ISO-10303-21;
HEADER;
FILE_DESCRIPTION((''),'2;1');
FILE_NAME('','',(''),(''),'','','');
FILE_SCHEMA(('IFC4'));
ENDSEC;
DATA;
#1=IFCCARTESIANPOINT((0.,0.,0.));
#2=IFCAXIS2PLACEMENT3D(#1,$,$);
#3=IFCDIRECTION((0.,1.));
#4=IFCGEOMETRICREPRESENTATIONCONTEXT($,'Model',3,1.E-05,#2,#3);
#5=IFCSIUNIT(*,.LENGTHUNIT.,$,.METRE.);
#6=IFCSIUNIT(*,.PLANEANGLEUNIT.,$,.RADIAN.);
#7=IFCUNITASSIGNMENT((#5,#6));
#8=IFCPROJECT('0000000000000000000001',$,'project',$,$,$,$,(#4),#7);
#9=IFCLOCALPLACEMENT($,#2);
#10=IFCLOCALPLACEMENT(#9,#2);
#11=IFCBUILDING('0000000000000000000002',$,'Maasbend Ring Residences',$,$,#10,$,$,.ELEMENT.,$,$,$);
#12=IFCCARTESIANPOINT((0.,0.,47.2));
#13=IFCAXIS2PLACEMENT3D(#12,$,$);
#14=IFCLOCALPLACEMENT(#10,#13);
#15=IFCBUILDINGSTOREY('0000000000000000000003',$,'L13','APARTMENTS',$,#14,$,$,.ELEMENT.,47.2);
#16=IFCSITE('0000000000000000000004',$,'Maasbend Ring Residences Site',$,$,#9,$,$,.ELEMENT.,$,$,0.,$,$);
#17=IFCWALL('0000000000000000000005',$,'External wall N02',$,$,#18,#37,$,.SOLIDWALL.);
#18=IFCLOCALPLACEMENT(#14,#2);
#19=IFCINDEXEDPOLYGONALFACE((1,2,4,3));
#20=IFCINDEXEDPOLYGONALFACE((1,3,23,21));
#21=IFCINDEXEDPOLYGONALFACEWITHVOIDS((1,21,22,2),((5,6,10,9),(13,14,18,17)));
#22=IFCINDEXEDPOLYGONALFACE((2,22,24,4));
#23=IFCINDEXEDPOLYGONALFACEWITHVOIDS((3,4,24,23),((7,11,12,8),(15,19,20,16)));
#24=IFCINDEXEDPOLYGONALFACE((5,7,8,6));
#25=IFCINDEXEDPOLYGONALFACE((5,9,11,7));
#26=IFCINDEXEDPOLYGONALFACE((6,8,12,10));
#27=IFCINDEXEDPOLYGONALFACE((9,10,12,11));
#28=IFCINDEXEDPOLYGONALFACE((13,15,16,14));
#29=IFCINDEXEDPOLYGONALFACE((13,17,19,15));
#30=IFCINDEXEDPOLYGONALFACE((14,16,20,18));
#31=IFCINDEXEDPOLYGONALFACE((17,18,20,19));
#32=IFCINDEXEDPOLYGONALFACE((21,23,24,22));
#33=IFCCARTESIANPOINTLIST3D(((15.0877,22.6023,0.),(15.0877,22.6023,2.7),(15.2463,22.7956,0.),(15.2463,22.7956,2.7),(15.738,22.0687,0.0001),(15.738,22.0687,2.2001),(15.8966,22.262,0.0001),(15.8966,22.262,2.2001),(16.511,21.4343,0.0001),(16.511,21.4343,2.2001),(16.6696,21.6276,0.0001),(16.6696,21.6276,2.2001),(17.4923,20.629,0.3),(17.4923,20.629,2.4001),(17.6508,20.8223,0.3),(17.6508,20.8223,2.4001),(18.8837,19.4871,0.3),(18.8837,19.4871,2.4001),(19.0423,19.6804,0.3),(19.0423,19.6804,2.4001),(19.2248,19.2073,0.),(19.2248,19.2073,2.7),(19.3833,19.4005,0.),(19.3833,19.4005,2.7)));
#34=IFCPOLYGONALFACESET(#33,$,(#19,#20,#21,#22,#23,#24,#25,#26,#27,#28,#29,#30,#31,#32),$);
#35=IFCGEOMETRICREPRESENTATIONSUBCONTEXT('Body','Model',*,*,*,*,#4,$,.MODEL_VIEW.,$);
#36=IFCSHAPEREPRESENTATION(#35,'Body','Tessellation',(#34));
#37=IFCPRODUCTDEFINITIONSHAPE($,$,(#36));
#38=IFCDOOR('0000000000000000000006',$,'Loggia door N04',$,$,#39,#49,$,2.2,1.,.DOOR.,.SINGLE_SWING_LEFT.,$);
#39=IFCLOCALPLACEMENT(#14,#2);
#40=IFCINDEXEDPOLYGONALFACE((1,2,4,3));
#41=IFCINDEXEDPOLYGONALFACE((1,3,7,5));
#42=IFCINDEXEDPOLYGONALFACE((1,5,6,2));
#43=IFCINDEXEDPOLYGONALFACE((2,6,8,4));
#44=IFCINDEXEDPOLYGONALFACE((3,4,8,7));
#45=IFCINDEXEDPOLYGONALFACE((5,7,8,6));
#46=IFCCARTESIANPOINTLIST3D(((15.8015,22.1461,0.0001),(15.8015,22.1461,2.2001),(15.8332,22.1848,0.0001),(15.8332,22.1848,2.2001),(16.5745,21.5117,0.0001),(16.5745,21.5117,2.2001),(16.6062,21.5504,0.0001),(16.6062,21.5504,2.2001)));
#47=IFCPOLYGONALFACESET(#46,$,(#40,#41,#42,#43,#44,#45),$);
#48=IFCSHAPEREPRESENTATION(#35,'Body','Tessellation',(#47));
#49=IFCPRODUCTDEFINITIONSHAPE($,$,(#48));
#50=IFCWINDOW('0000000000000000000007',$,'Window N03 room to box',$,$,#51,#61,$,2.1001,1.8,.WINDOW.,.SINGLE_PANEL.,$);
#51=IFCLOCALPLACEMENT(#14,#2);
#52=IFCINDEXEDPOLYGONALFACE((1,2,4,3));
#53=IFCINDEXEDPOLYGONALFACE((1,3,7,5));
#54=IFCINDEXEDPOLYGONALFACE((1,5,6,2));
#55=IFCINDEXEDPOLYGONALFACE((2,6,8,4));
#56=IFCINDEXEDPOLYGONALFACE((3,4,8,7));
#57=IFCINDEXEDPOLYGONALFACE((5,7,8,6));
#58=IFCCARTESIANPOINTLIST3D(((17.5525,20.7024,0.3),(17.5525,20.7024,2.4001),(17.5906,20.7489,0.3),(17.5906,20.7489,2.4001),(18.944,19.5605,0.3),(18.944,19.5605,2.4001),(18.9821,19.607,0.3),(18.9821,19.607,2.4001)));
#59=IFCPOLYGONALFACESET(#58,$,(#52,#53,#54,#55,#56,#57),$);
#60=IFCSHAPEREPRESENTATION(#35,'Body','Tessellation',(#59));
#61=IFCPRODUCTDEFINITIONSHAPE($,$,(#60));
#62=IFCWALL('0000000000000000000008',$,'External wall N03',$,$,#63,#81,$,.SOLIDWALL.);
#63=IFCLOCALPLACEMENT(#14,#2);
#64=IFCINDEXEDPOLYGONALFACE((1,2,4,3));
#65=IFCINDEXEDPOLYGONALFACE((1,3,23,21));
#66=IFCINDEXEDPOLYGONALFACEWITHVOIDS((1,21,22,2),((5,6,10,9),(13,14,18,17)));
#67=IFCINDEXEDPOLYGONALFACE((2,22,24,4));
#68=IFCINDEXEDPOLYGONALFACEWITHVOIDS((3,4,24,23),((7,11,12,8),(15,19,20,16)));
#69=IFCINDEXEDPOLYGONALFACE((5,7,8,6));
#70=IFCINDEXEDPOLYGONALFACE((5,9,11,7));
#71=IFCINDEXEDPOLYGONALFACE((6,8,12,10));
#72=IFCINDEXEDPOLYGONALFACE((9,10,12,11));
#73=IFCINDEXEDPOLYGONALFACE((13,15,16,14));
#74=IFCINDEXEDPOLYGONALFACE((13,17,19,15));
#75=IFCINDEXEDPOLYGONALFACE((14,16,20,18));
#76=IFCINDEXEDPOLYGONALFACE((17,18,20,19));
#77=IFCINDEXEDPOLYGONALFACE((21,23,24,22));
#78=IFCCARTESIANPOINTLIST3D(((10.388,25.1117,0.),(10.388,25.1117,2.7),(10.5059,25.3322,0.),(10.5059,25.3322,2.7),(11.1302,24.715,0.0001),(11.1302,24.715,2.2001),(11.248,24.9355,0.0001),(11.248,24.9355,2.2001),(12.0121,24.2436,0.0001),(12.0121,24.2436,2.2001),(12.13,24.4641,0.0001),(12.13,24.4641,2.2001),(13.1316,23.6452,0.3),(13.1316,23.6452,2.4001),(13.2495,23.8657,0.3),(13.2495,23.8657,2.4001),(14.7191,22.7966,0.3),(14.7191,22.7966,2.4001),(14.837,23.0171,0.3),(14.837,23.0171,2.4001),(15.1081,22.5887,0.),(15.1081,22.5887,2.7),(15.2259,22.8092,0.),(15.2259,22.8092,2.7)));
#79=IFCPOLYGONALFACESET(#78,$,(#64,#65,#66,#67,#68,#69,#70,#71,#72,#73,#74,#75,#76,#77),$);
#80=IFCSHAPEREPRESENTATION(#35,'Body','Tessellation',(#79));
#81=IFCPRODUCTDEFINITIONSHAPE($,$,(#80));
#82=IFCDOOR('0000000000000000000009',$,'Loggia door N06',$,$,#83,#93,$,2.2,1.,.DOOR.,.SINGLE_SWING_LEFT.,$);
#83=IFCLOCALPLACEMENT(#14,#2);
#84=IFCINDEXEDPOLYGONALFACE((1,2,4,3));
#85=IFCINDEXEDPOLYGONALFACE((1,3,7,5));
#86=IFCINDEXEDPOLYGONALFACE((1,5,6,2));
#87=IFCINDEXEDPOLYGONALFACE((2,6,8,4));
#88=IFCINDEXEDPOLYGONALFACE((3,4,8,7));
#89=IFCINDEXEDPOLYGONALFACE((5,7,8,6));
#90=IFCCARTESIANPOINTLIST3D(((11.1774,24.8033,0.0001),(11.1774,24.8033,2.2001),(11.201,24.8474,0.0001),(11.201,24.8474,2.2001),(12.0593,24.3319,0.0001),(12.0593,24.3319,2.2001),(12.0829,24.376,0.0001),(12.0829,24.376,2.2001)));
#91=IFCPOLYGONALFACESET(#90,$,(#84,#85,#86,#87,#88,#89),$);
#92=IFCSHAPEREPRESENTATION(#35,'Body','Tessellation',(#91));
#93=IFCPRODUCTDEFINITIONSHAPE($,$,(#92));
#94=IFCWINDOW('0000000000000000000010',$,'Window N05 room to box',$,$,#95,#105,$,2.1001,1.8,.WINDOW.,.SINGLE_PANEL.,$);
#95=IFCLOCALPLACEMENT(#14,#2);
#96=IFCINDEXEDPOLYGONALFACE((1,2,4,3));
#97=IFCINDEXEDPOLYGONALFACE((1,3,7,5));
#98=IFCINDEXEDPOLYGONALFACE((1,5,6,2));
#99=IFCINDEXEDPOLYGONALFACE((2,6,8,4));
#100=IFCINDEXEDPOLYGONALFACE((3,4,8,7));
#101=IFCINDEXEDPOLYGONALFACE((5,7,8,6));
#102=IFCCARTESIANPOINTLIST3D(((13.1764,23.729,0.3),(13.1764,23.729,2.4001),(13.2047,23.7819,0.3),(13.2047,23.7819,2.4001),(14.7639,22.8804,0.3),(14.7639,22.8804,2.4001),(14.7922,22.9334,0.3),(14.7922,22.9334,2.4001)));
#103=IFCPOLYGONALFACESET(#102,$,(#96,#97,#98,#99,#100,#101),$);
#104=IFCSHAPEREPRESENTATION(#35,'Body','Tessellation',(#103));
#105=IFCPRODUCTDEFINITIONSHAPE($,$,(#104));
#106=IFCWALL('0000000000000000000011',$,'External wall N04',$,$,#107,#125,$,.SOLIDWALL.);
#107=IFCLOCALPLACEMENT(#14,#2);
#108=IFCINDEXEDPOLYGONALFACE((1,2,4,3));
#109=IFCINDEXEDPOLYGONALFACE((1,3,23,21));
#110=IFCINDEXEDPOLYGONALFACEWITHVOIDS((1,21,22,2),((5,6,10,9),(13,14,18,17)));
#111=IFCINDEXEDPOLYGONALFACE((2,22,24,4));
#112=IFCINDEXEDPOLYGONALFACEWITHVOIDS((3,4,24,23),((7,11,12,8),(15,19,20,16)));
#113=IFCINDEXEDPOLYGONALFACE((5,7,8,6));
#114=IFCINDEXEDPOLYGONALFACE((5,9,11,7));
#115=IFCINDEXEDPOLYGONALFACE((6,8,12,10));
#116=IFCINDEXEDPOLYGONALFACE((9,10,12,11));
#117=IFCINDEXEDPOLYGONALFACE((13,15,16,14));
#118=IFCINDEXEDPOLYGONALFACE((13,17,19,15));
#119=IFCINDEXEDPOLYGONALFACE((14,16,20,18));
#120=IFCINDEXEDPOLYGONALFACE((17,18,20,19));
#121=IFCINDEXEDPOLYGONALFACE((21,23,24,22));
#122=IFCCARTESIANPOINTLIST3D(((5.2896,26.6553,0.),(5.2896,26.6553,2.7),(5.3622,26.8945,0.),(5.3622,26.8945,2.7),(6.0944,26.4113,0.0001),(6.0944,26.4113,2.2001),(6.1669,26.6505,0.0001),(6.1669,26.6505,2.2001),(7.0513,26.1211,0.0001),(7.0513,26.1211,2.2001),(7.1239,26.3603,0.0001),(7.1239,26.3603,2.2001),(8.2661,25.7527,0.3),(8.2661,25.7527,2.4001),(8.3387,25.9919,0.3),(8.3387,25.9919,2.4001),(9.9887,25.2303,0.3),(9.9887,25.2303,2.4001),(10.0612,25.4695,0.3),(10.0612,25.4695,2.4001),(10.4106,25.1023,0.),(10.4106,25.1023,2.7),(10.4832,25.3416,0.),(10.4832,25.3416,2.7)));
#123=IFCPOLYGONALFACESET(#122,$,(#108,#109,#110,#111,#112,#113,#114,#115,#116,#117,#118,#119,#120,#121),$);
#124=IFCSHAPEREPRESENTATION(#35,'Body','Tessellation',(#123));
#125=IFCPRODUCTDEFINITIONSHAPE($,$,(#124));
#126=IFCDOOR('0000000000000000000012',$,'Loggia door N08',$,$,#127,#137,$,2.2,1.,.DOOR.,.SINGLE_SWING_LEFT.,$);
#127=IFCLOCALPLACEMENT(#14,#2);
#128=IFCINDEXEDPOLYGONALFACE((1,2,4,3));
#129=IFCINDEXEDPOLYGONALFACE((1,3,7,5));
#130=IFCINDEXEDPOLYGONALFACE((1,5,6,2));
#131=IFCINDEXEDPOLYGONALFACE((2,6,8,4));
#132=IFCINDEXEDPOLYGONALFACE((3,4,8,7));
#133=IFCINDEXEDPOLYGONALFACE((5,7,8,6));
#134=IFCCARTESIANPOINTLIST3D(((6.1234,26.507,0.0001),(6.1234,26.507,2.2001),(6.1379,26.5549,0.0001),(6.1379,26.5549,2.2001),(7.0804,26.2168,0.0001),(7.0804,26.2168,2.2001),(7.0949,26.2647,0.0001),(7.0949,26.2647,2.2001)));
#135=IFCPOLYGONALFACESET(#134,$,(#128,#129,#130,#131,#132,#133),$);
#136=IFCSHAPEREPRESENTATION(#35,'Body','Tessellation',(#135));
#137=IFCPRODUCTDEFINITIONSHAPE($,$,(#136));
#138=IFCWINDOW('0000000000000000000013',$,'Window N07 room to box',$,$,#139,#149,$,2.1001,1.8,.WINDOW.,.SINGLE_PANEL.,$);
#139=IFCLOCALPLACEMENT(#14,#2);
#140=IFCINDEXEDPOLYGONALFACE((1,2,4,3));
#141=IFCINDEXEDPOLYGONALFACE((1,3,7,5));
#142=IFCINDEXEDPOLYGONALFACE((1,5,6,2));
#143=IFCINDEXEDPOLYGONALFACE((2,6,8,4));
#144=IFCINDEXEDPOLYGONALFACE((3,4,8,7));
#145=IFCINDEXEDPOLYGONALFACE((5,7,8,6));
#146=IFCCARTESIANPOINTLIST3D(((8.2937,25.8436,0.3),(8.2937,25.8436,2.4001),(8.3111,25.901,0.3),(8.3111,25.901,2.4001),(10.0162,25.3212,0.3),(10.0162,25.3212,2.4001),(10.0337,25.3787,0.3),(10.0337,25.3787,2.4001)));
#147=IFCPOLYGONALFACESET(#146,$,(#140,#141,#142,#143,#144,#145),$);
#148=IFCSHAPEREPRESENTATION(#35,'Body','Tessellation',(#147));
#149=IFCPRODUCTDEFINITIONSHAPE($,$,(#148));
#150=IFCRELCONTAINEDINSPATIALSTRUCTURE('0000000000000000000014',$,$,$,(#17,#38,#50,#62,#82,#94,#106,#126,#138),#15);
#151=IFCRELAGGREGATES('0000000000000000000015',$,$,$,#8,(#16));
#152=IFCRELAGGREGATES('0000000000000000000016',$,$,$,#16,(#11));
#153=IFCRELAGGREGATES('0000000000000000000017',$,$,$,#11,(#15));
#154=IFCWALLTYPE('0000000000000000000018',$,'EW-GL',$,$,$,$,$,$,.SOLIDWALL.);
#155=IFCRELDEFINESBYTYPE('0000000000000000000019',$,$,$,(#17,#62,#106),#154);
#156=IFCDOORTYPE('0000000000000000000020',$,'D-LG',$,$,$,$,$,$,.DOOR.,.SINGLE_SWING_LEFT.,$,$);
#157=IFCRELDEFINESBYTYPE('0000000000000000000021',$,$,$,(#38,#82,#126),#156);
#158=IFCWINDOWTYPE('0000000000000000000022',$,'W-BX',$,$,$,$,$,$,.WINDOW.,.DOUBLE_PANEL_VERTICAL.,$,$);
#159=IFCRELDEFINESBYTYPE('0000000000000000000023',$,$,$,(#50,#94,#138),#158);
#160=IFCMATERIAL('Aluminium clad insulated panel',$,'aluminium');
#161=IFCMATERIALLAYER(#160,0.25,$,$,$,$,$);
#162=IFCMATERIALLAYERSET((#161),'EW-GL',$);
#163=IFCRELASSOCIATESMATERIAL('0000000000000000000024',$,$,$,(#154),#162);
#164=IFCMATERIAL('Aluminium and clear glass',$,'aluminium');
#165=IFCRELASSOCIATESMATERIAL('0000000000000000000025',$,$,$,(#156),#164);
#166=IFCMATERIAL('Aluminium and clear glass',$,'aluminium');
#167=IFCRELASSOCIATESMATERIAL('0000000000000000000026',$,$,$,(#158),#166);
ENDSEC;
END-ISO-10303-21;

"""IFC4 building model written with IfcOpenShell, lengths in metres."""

from ifc_helpers import new_model, si_unit, direction, frame, frame_2d, origin, place, context, subcontext, project, spatial, rectangle, extrude, material, layer, layer_set, type_object, element, fill, save


model = new_model("IFC4")

# Units and contexts
model_context = context("Model", 3, precision=1e-05, world=origin(), true_north=direction((0.0, 1.0)))
body_context = subcontext(model_context, "Body", "Model", "MODEL_VIEW")
ifc_project = project(units=[si_unit("LENGTHUNIT", "METRE"), si_unit("PLANEANGLEUNIT", "RADIAN")], contexts=[model_context])

# Site, building, storey
site_placement = place(None, origin())
site = spatial("IfcSite", under=ifc_project, at=site_placement, Name="Maasbend Ring Residences Site", CompositionType="ELEMENT", RefElevation=0.0)
building_placement = place(site_placement, origin())
building = spatial("IfcBuilding", under=site, at=building_placement, Name="Maasbend Ring Residences", CompositionType="ELEMENT")
storey_placement = place(building_placement, frame((0.0, 0.0, 47.2)))
storey = spatial("IfcBuildingStorey", under=building, at=storey_placement, Name="L13", Description="APARTMENTS", CompositionType="ELEMENT", Elevation=47.2)

# Walls, openings, doors, windows
ifc_material_1 = material(Name="Aluminium clad insulated panel", Category="aluminium")
ifc_layer_1 = layer(ifc_material_1, 0.25)
ifc_layer_set_1 = layer_set([ifc_layer_1], Name="EW-GL")
wall_type_1 = type_object("IfcWallType", Name="EW-GL", PredefinedType="SOLIDWALL", material=ifc_layer_set_1)
wall_1_placement = place(storey_placement, frame((19.304, 19.304, 0.0), z_axis=(0.0, 0.0, 1.0), x_axis=(-0.773019, 0.634382, 0.0)))
wall_1 = element("IfcWall", 1, at=wall_1_placement, inside=storey, type_object=wall_type_1, Name="External wall N02", PredefinedType="SOLIDWALL", context=body_context, shape_type="SweptSolid", body=[
    extrude(rectangle(XDim=5.3518, YDim=0.25, at=frame_2d((2.6758, 0.0))), origin(), (0.0, 0.0, 1.0), 2.7),
])
opening_1_placement = place(wall_1_placement, frame((0.4412, 0.0, 0.3)))
opening_1 = element("IfcOpeningElement", 2, at=opening_1_placement, cuts=wall_1, PredefinedType="OPENING", context=body_context, shape_type="SweptSolid", body=[
    extrude(rectangle(XDim=1.8, YDim=2.1001, at=frame_2d((0.8999, 1.05))), frame((0.0, 0.135, 0.0), z_axis=(0.0, -1.0, 0.0), x_axis=(1.0, 0.0, 0.0)), (0.0, 0.0, 1.0), 0.27),
])
opening_2_placement = place(wall_1_placement, frame((3.5105, 0.0, 0.0)))
opening_2 = element("IfcOpeningElement", 3, at=opening_2_placement, cuts=wall_1, PredefinedType="OPENING", context=body_context, shape_type="SweptSolid", body=[
    extrude(rectangle(XDim=1.0, YDim=2.2, at=frame_2d((0.5, 1.1001))), frame((0.0, 0.135, 0.0), z_axis=(0.0, -1.0, 0.0), x_axis=(1.0, 0.0, 0.0)), (0.0, 0.0, 1.0), 0.27),
])
ifc_material_2 = material(Name="Aluminium and clear glass", Category="aluminium")
door_type = type_object("IfcDoorType", Name="D-LG", OperationType="SINGLE_SWING_LEFT", PredefinedType="DOOR", material=ifc_material_2)
door_1_placement = place(opening_2_placement, origin())
door_1 = element("IfcDoor", 4, at=door_1_placement, inside=storey, type_object=door_type, Name="Loggia door N04", OperationType="SINGLE_SWING_LEFT", OverallHeight=2.2, OverallWidth=1.0, PredefinedType="DOOR", context=body_context, shape_type="SweptSolid", body=[
    extrude(rectangle(XDim=1.0, YDim=2.2, at=frame_2d((0.5, 1.1001))), frame((0.0, 0.0249, 0.0), z_axis=(0.0, -1.0, 0.0), x_axis=(1.0, 0.0, 0.0)), (0.0, 0.0, 1.0), 0.05),
])
fill(opening_2, door_1)
ifc_material_3 = material(Name="Aluminium and clear glass", Category="aluminium")
window_type_1 = type_object("IfcWindowType", Name="W-BX", PartitioningType="DOUBLE_PANEL_VERTICAL", PredefinedType="WINDOW", material=ifc_material_3)
window_1_placement = place(opening_1_placement, origin())
window_1 = element("IfcWindow", 5, at=window_1_placement, inside=storey, type_object=window_type_1, Name="Window N03 room to box", OverallHeight=2.1001, OverallWidth=1.8, PartitioningType="SINGLE_PANEL", PredefinedType="WINDOW", context=body_context, shape_type="SweptSolid", body=[
    extrude(rectangle(XDim=1.8, YDim=2.1001, at=frame_2d((0.8999, 1.05))), frame((0.0, 0.03, 0.0), z_axis=(0.0, -1.0, 0.0), x_axis=(1.0, 0.0, 0.0)), (0.0, 0.0, 1.0), 0.0601),
])
fill(opening_1, window_1)
wall_2_placement = place(storey_placement, frame((15.167, 22.699, 0.0), z_axis=(0.0, 0.0, 1.0), x_axis=(-0.881916, 0.471407, 0.0)))
wall_2 = element("IfcWall", 6, at=wall_2_placement, inside=storey, type_object=wall_type_1, Name="External wall N03", PredefinedType="SOLIDWALL", context=body_context, shape_type="SweptSolid", body=[
    extrude(rectangle(XDim=5.3521, YDim=0.25, at=frame_2d((2.676, 0.0))), origin(), (0.0, 0.0, 1.0), 2.7),
])
opening_3_placement = place(wall_2_placement, frame((0.4412, 0.0, 0.3)))
opening_3 = element("IfcOpeningElement", 7, at=opening_3_placement, cuts=wall_2, PredefinedType="OPENING", context=body_context, shape_type="SweptSolid", body=[
    extrude(rectangle(XDim=1.8, YDim=2.1001, at=frame_2d((0.8999, 1.05))), frame((0.0, 0.135, 0.0), z_axis=(0.0, -1.0, 0.0), x_axis=(1.0, 0.0, 0.0)), (0.0, 0.0, 1.0), 0.27),
])
opening_4_placement = place(wall_2_placement, frame((3.5105, 0.0, 0.0)))
opening_4 = element("IfcOpeningElement", 8, at=opening_4_placement, cuts=wall_2, PredefinedType="OPENING", context=body_context, shape_type="SweptSolid", body=[
    extrude(rectangle(XDim=1.0, YDim=2.2, at=frame_2d((0.5, 1.1001))), frame((0.0, 0.135, 0.0), z_axis=(0.0, -1.0, 0.0), x_axis=(1.0, 0.0, 0.0)), (0.0, 0.0, 1.0), 0.27),
])
door_2_placement = place(opening_4_placement, origin())
door_2 = element("IfcDoor", 9, at=door_2_placement, inside=storey, type_object=door_type, Name="Loggia door N06", OperationType="SINGLE_SWING_LEFT", OverallHeight=2.2, OverallWidth=1.0, PredefinedType="DOOR", context=body_context, shape_type="SweptSolid", body=[
    extrude(rectangle(XDim=1.0, YDim=2.2, at=frame_2d((0.5, 1.1001))), frame((0.0, 0.0249, 0.0), z_axis=(0.0, -1.0, 0.0), x_axis=(1.0, 0.0, 0.0)), (0.0, 0.0, 1.0), 0.05),
])
fill(opening_4, door_2)
window_2_placement = place(opening_3_placement, origin())
window_2 = element("IfcWindow", 10, at=window_2_placement, inside=storey, type_object=window_type_1, Name="Window N05 room to box", OverallHeight=2.1001, OverallWidth=1.8, PartitioningType="SINGLE_PANEL", PredefinedType="WINDOW", context=body_context, shape_type="SweptSolid", body=[
    extrude(rectangle(XDim=1.8, YDim=2.1001, at=frame_2d((0.8999, 1.05))), frame((0.0, 0.03, 0.0), z_axis=(0.0, -1.0, 0.0), x_axis=(1.0, 0.0, 0.0)), (0.0, 0.0, 1.0), 0.0601),
])
fill(opening_3, window_2)
wall_3_placement = place(storey_placement, frame((10.447, 25.2219, 0.0), z_axis=(0.0, 0.0, 1.0), x_axis=(-0.956966, 0.290201, 0.0)))
wall_3 = element("IfcWall", 11, at=wall_3_placement, inside=storey, type_object=wall_type_1, Name="External wall N04", PredefinedType="SOLIDWALL", context=body_context, shape_type="SweptSolid", body=[
    extrude(rectangle(XDim=5.3513, YDim=0.25, at=frame_2d((2.6758, 0.0))), origin(), (0.0, 0.0, 1.0), 2.7),
])
opening_5_placement = place(wall_3_placement, frame((0.4412, 0.0, 0.3)))
opening_5 = element("IfcOpeningElement", 12, at=opening_5_placement, cuts=wall_3, PredefinedType="OPENING", context=body_context, shape_type="SweptSolid", body=[
    extrude(rectangle(XDim=1.8, YDim=2.1001, at=frame_2d((0.8999, 1.05))), frame((0.0, 0.135, 0.0), z_axis=(0.0, -1.0, 0.0), x_axis=(1.0, 0.0, 0.0)), (0.0, 0.0, 1.0), 0.27),
])
opening_6_placement = place(wall_3_placement, frame((3.5105, 0.0, 0.0)))
opening_6 = element("IfcOpeningElement", 13, at=opening_6_placement, cuts=wall_3, PredefinedType="OPENING", context=body_context, shape_type="SweptSolid", body=[
    extrude(rectangle(XDim=1.0, YDim=2.2, at=frame_2d((0.5, 1.1001))), frame((0.0, 0.135, 0.0), z_axis=(0.0, -1.0, 0.0), x_axis=(1.0, 0.0, 0.0)), (0.0, 0.0, 1.0), 0.27),
])
door_3_placement = place(opening_6_placement, origin())
door_3 = element("IfcDoor", 14, at=door_3_placement, inside=storey, type_object=door_type, Name="Loggia door N08", OperationType="SINGLE_SWING_LEFT", OverallHeight=2.2, OverallWidth=1.0, PredefinedType="DOOR", context=body_context, shape_type="SweptSolid", body=[
    extrude(rectangle(XDim=1.0, YDim=2.2, at=frame_2d((0.5, 1.1001))), frame((0.0, 0.0249, 0.0), z_axis=(0.0, -1.0, 0.0), x_axis=(1.0, 0.0, 0.0)), (0.0, 0.0, 1.0), 0.05),
])
fill(opening_6, door_3)
window_3_placement = place(opening_5_placement, origin())
window_3 = element("IfcWindow", 15, at=window_3_placement, inside=storey, type_object=window_type_1, Name="Window N07 room to box", OverallHeight=2.1001, OverallWidth=1.8, PartitioningType="SINGLE_PANEL", PredefinedType="WINDOW", context=body_context, shape_type="SweptSolid", body=[
    extrude(rectangle(XDim=1.8, YDim=2.1001, at=frame_2d((0.8999, 1.05))), frame((0.0, 0.03, 0.0), z_axis=(0.0, -1.0, 0.0), x_axis=(1.0, 0.0, 0.0)), (0.0, 0.0, 1.0), 0.0601),
])
fill(opening_5, window_3)

save(model, "model.ifc")
